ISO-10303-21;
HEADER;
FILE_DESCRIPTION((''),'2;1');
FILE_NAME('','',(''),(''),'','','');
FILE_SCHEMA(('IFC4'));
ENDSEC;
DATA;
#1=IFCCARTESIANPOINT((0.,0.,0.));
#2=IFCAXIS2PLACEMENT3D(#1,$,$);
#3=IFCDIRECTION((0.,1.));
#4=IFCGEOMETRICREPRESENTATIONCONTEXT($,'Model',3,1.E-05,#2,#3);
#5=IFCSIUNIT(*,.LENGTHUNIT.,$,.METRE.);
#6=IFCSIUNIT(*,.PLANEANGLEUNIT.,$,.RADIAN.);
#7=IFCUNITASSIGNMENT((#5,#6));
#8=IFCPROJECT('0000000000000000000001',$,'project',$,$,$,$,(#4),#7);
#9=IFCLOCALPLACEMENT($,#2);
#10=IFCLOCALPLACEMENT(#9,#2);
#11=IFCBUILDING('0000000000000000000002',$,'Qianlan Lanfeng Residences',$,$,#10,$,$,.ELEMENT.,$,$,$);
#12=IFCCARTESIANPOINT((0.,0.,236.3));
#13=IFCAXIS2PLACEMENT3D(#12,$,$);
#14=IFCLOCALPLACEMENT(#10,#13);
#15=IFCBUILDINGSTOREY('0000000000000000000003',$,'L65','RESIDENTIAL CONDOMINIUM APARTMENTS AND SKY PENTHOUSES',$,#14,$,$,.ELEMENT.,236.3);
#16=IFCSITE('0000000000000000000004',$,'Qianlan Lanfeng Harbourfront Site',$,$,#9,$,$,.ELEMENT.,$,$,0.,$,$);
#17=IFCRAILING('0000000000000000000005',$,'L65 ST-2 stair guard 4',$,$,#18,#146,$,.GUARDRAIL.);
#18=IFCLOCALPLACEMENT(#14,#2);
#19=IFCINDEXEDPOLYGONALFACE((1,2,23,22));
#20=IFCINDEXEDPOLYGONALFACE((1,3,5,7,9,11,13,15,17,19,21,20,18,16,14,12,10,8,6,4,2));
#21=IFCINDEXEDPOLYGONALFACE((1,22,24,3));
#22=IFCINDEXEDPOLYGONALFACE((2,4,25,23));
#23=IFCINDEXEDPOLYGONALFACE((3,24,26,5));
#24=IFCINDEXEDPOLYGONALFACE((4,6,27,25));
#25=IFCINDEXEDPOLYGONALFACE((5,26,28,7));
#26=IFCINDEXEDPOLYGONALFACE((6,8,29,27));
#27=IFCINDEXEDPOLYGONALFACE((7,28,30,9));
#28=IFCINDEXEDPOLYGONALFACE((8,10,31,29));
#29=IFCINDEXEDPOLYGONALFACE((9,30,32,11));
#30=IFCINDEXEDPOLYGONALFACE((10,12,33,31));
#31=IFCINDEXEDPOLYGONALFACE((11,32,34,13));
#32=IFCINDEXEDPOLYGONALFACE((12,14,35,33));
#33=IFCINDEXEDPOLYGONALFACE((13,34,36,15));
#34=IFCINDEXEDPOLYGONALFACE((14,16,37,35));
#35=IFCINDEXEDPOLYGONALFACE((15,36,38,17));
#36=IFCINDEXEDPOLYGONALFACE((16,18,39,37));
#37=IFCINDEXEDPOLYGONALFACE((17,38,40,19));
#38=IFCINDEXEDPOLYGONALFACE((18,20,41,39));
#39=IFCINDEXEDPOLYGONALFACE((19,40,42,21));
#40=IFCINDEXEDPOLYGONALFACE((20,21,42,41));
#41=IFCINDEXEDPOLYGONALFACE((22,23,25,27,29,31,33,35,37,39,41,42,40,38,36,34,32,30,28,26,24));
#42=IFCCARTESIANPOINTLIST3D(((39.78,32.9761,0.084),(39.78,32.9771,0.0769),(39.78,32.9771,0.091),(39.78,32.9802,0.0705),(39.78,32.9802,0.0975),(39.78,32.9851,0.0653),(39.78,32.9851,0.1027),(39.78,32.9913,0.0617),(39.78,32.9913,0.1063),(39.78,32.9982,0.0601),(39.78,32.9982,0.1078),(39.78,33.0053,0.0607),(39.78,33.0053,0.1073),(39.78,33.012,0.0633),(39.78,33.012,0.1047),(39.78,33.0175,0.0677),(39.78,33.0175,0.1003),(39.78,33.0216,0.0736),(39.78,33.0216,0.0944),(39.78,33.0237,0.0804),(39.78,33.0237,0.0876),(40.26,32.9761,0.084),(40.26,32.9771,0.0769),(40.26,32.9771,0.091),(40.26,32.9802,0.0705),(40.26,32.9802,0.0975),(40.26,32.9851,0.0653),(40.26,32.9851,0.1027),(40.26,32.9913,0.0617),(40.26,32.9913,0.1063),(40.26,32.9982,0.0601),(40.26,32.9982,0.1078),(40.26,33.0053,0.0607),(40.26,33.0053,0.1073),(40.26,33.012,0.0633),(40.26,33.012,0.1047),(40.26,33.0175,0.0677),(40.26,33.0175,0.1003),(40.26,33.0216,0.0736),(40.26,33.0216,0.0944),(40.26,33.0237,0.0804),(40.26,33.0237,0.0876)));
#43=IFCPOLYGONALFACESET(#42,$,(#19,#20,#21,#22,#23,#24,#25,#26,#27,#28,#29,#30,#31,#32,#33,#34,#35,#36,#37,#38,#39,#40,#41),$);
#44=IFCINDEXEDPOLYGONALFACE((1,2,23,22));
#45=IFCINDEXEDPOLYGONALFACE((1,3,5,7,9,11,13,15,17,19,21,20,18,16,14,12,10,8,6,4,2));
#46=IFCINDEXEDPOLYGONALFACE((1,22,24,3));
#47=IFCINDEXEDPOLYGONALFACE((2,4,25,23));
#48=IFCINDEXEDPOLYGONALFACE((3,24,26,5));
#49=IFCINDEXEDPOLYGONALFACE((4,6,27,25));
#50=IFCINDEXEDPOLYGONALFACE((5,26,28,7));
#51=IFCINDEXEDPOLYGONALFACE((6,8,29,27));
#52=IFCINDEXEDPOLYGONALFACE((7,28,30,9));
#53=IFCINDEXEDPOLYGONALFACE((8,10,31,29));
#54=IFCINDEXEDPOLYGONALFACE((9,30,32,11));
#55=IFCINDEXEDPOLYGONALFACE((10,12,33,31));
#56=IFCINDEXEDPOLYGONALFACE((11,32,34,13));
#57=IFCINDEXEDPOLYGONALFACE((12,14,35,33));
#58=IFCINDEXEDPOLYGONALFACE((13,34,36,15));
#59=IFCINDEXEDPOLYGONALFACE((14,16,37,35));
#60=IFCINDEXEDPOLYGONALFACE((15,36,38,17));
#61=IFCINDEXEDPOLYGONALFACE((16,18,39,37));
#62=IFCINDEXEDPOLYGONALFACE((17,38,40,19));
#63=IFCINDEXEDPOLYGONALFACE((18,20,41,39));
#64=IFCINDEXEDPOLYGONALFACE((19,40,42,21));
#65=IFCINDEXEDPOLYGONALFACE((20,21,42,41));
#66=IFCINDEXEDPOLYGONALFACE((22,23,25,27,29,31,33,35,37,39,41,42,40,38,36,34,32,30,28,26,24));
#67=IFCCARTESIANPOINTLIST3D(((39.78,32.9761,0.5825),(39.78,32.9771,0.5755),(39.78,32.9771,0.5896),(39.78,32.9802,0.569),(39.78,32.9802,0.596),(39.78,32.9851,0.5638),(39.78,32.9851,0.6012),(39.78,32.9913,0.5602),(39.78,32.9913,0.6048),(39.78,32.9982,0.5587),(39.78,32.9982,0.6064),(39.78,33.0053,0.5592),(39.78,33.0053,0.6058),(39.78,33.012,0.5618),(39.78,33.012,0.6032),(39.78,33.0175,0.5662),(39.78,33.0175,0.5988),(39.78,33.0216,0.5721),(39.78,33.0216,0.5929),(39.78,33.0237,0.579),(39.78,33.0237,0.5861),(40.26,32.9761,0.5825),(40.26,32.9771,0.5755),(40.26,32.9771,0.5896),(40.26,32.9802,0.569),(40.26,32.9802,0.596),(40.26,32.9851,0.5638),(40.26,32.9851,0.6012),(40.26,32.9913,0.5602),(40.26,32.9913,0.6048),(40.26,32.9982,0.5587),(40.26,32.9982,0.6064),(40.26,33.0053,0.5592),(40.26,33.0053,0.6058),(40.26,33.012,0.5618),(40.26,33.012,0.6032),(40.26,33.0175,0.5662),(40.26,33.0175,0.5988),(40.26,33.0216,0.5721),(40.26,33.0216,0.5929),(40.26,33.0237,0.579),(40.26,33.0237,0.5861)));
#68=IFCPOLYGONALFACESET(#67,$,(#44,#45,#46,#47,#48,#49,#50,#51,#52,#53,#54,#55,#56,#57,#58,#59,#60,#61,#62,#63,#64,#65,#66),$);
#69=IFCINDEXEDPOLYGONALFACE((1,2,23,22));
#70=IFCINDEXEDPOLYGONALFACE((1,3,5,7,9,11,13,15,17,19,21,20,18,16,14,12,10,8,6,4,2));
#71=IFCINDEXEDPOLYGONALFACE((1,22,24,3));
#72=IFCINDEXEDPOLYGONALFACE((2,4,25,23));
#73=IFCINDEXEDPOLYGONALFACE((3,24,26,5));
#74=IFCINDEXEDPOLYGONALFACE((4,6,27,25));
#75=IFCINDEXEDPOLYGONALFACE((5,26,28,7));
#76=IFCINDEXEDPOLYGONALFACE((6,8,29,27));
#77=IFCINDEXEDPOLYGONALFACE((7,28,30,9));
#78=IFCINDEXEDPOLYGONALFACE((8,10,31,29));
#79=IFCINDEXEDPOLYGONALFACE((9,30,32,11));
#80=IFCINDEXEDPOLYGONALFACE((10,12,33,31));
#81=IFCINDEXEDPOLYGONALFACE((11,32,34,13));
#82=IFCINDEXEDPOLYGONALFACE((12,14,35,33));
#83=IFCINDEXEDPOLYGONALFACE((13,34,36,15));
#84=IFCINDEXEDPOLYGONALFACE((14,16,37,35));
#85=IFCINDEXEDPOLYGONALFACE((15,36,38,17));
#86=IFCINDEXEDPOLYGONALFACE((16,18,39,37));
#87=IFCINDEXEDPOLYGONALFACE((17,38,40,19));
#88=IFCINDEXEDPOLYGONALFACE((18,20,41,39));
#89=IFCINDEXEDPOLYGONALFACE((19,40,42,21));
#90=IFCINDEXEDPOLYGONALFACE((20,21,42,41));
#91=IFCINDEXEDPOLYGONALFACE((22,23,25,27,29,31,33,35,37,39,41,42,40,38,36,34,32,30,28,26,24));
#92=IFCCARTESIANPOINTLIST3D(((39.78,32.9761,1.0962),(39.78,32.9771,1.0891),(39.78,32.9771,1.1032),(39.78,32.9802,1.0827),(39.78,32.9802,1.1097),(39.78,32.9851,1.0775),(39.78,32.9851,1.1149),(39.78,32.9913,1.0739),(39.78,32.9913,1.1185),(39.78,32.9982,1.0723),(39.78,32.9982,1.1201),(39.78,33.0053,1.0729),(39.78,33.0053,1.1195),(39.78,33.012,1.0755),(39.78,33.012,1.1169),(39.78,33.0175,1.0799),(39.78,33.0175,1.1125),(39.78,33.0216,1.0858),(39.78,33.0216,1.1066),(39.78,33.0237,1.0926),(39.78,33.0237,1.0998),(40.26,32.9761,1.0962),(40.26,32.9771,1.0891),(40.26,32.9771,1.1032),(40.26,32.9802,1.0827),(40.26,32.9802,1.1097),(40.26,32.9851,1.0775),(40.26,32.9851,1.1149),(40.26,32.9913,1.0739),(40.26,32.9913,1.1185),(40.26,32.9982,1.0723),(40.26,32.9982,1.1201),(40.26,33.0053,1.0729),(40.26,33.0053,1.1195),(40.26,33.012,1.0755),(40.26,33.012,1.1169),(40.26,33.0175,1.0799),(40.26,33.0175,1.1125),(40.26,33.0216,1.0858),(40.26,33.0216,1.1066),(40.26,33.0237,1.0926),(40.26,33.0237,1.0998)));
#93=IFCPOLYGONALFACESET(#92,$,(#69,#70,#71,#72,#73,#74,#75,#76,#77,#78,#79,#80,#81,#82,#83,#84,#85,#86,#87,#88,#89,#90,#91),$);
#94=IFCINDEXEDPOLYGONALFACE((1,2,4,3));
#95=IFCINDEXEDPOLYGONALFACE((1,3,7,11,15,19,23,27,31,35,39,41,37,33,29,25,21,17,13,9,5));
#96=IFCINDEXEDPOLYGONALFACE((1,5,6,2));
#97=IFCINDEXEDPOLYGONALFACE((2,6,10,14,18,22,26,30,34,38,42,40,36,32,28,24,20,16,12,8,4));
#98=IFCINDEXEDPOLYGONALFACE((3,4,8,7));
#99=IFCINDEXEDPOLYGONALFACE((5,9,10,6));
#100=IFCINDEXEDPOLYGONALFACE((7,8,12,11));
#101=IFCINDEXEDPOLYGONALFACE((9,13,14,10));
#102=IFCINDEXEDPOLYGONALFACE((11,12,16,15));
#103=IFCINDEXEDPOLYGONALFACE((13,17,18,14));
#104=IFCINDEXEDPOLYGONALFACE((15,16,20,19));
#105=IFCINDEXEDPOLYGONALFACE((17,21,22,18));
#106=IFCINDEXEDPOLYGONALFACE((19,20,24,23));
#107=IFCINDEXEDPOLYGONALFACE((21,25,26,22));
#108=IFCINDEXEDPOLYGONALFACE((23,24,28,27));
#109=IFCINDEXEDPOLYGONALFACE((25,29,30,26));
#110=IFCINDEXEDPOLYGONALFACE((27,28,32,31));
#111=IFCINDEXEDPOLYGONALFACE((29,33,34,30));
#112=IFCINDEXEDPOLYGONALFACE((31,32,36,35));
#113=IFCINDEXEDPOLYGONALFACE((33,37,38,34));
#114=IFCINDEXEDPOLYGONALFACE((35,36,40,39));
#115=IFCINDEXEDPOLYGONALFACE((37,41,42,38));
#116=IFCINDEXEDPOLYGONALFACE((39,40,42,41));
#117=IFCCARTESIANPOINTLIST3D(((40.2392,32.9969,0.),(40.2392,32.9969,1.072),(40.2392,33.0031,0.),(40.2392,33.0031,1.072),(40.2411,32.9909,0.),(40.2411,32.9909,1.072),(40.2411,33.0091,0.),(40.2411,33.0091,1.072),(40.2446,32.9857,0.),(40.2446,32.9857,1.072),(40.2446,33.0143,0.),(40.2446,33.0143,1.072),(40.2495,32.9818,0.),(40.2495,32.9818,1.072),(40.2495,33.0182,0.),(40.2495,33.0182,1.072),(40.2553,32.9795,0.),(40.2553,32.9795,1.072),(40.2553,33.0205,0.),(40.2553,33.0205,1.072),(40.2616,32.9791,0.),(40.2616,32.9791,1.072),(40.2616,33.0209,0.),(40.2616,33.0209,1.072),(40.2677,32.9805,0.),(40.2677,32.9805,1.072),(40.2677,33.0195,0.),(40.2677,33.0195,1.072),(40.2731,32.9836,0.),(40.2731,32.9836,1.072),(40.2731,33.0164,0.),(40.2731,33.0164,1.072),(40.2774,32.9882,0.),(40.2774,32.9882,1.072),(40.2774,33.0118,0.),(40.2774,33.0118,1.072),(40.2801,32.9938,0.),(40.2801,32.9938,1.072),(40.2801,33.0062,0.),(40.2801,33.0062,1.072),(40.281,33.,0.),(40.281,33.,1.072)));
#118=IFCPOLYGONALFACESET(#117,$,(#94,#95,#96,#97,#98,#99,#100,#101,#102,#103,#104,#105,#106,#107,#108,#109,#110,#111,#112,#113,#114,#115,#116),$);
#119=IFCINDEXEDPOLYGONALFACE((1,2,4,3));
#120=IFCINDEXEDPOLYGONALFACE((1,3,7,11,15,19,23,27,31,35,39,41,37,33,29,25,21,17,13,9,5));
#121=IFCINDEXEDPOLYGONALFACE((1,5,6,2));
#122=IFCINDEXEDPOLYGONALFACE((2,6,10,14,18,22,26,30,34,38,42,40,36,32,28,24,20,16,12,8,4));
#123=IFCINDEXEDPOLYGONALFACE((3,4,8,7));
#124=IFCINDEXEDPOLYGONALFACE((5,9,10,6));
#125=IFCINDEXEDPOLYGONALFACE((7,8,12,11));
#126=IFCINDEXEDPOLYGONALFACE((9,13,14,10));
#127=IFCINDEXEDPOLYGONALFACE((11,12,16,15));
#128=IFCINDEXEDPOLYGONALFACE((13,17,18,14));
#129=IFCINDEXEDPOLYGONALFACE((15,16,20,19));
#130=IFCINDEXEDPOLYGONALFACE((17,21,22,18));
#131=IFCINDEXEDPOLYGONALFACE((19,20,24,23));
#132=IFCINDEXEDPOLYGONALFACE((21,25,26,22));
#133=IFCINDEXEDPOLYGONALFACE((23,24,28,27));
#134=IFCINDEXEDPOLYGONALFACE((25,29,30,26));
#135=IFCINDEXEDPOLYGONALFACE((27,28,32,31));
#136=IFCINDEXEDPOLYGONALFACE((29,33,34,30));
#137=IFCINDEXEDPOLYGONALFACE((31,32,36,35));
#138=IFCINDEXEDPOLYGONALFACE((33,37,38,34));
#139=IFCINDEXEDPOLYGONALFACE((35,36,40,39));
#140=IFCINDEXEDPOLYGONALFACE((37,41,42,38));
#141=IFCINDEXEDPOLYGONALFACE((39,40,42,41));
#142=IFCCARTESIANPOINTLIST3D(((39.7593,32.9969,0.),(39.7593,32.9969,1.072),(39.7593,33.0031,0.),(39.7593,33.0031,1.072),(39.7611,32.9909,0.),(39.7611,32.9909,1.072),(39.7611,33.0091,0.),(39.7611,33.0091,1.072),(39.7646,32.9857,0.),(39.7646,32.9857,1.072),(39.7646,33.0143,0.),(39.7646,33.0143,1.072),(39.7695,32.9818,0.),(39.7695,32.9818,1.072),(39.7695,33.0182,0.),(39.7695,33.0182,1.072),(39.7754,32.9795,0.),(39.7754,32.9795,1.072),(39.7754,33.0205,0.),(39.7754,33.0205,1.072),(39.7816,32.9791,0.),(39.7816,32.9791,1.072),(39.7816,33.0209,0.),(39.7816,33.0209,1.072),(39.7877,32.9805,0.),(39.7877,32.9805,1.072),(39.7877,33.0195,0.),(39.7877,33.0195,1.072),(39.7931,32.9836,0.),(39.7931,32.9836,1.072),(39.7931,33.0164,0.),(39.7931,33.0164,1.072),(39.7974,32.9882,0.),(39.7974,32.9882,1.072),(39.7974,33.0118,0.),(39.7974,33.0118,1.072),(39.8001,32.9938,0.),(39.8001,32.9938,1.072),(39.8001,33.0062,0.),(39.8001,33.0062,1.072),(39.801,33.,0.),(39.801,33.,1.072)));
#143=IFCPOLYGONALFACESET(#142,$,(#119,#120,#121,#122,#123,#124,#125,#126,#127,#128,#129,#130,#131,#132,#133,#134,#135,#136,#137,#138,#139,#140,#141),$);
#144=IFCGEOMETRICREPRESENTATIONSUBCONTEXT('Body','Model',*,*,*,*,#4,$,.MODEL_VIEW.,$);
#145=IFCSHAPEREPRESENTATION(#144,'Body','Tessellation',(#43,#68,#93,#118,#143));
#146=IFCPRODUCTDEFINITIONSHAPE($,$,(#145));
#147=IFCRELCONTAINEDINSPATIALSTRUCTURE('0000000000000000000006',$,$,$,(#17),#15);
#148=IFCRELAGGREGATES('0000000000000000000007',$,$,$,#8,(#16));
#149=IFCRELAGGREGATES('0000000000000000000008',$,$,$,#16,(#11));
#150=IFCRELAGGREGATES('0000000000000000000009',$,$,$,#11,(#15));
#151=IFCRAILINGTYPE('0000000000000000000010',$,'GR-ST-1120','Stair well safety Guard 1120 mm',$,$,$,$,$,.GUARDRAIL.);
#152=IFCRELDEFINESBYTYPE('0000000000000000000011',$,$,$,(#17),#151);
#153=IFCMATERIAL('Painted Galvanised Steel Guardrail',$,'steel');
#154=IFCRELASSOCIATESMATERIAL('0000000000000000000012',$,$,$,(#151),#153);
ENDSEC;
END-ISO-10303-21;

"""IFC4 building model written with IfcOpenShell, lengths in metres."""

from ifc_helpers import new_model, si_unit, direction, frame, origin, origin_2d, place, context, subcontext, project, spatial, circle, extrude, material, type_object, element, save


model = new_model("IFC4")

# Units and contexts
model_context = context("Model", 3, precision=1e-05, world=origin(), true_north=direction((0.0, 1.0)))
body_context = subcontext(model_context, "Body", "Model", "MODEL_VIEW")
ifc_project = project(units=[si_unit("LENGTHUNIT", "METRE"), si_unit("PLANEANGLEUNIT", "RADIAN")], contexts=[model_context])

# Site, building, storey
site_placement = place(None, origin())
site = spatial("IfcSite", under=ifc_project, at=site_placement, Name="Qianlan Lanfeng Harbourfront Site", CompositionType="ELEMENT", RefElevation=0.0)
building_placement = place(site_placement, origin())
building = spatial("IfcBuilding", under=site, at=building_placement, Name="Qianlan Lanfeng Residences", CompositionType="ELEMENT")
storey_placement = place(building_placement, frame((0.0, 0.0, 236.3)))
storey = spatial("IfcBuildingStorey", under=building, at=storey_placement, Name="L65", Description="RESIDENTIAL CONDOMINIUM APARTMENTS AND SKY PENTHOUSES", CompositionType="ELEMENT", Elevation=236.3)

# Railing
ifc_material_1 = material(Name="Painted Galvanised Steel Guardrail", Category="steel")
railing_type_1 = type_object("IfcRailingType", Name="GR-ST-1120", Description="Stair well safety Guard 1120 mm", PredefinedType="GUARDRAIL", material=ifc_material_1)
railing_1_placement = place(storey_placement, frame((40.26, 33.0, 0.0)))
element("IfcRailing", 1, at=railing_1_placement, inside=storey, type_object=railing_type_1, Name="L65 ST-2 stair guard 4", PredefinedType="GUARDRAIL", context=body_context, shape_type="SweptSolid", body=[
    extrude(circle(Radius=0.0239, at=origin_2d()), frame((0.0, 0.0, 0.084), z_axis=(-1.0, 0.0, 0.0), x_axis=(0.0, -1.0, 0.0)), (0.0, 0.0, 1.0), 0.48),
    extrude(circle(Radius=0.0239, at=origin_2d()), frame((0.0, 0.0, 0.5825), z_axis=(-1.0, 0.0, 0.0), x_axis=(0.0, -1.0, 0.0)), (0.0, 0.0, 1.0), 0.48),
    extrude(circle(Radius=0.0239, at=origin_2d()), frame((0.0, 0.0, 1.0962), z_axis=(-1.0, 0.0, 0.0), x_axis=(0.0, -1.0, 0.0)), (0.0, 0.0, 1.0), 0.48),
    extrude(circle(Radius=0.021, at=origin_2d()), origin(), (0.0, 0.0, 1.0), 1.072),
    extrude(circle(Radius=0.021, at=origin_2d()), frame((-0.48, 0.0, 0.0)), (0.0, 0.0, 1.0), 1.072),
])

save(model, "model.ifc")
